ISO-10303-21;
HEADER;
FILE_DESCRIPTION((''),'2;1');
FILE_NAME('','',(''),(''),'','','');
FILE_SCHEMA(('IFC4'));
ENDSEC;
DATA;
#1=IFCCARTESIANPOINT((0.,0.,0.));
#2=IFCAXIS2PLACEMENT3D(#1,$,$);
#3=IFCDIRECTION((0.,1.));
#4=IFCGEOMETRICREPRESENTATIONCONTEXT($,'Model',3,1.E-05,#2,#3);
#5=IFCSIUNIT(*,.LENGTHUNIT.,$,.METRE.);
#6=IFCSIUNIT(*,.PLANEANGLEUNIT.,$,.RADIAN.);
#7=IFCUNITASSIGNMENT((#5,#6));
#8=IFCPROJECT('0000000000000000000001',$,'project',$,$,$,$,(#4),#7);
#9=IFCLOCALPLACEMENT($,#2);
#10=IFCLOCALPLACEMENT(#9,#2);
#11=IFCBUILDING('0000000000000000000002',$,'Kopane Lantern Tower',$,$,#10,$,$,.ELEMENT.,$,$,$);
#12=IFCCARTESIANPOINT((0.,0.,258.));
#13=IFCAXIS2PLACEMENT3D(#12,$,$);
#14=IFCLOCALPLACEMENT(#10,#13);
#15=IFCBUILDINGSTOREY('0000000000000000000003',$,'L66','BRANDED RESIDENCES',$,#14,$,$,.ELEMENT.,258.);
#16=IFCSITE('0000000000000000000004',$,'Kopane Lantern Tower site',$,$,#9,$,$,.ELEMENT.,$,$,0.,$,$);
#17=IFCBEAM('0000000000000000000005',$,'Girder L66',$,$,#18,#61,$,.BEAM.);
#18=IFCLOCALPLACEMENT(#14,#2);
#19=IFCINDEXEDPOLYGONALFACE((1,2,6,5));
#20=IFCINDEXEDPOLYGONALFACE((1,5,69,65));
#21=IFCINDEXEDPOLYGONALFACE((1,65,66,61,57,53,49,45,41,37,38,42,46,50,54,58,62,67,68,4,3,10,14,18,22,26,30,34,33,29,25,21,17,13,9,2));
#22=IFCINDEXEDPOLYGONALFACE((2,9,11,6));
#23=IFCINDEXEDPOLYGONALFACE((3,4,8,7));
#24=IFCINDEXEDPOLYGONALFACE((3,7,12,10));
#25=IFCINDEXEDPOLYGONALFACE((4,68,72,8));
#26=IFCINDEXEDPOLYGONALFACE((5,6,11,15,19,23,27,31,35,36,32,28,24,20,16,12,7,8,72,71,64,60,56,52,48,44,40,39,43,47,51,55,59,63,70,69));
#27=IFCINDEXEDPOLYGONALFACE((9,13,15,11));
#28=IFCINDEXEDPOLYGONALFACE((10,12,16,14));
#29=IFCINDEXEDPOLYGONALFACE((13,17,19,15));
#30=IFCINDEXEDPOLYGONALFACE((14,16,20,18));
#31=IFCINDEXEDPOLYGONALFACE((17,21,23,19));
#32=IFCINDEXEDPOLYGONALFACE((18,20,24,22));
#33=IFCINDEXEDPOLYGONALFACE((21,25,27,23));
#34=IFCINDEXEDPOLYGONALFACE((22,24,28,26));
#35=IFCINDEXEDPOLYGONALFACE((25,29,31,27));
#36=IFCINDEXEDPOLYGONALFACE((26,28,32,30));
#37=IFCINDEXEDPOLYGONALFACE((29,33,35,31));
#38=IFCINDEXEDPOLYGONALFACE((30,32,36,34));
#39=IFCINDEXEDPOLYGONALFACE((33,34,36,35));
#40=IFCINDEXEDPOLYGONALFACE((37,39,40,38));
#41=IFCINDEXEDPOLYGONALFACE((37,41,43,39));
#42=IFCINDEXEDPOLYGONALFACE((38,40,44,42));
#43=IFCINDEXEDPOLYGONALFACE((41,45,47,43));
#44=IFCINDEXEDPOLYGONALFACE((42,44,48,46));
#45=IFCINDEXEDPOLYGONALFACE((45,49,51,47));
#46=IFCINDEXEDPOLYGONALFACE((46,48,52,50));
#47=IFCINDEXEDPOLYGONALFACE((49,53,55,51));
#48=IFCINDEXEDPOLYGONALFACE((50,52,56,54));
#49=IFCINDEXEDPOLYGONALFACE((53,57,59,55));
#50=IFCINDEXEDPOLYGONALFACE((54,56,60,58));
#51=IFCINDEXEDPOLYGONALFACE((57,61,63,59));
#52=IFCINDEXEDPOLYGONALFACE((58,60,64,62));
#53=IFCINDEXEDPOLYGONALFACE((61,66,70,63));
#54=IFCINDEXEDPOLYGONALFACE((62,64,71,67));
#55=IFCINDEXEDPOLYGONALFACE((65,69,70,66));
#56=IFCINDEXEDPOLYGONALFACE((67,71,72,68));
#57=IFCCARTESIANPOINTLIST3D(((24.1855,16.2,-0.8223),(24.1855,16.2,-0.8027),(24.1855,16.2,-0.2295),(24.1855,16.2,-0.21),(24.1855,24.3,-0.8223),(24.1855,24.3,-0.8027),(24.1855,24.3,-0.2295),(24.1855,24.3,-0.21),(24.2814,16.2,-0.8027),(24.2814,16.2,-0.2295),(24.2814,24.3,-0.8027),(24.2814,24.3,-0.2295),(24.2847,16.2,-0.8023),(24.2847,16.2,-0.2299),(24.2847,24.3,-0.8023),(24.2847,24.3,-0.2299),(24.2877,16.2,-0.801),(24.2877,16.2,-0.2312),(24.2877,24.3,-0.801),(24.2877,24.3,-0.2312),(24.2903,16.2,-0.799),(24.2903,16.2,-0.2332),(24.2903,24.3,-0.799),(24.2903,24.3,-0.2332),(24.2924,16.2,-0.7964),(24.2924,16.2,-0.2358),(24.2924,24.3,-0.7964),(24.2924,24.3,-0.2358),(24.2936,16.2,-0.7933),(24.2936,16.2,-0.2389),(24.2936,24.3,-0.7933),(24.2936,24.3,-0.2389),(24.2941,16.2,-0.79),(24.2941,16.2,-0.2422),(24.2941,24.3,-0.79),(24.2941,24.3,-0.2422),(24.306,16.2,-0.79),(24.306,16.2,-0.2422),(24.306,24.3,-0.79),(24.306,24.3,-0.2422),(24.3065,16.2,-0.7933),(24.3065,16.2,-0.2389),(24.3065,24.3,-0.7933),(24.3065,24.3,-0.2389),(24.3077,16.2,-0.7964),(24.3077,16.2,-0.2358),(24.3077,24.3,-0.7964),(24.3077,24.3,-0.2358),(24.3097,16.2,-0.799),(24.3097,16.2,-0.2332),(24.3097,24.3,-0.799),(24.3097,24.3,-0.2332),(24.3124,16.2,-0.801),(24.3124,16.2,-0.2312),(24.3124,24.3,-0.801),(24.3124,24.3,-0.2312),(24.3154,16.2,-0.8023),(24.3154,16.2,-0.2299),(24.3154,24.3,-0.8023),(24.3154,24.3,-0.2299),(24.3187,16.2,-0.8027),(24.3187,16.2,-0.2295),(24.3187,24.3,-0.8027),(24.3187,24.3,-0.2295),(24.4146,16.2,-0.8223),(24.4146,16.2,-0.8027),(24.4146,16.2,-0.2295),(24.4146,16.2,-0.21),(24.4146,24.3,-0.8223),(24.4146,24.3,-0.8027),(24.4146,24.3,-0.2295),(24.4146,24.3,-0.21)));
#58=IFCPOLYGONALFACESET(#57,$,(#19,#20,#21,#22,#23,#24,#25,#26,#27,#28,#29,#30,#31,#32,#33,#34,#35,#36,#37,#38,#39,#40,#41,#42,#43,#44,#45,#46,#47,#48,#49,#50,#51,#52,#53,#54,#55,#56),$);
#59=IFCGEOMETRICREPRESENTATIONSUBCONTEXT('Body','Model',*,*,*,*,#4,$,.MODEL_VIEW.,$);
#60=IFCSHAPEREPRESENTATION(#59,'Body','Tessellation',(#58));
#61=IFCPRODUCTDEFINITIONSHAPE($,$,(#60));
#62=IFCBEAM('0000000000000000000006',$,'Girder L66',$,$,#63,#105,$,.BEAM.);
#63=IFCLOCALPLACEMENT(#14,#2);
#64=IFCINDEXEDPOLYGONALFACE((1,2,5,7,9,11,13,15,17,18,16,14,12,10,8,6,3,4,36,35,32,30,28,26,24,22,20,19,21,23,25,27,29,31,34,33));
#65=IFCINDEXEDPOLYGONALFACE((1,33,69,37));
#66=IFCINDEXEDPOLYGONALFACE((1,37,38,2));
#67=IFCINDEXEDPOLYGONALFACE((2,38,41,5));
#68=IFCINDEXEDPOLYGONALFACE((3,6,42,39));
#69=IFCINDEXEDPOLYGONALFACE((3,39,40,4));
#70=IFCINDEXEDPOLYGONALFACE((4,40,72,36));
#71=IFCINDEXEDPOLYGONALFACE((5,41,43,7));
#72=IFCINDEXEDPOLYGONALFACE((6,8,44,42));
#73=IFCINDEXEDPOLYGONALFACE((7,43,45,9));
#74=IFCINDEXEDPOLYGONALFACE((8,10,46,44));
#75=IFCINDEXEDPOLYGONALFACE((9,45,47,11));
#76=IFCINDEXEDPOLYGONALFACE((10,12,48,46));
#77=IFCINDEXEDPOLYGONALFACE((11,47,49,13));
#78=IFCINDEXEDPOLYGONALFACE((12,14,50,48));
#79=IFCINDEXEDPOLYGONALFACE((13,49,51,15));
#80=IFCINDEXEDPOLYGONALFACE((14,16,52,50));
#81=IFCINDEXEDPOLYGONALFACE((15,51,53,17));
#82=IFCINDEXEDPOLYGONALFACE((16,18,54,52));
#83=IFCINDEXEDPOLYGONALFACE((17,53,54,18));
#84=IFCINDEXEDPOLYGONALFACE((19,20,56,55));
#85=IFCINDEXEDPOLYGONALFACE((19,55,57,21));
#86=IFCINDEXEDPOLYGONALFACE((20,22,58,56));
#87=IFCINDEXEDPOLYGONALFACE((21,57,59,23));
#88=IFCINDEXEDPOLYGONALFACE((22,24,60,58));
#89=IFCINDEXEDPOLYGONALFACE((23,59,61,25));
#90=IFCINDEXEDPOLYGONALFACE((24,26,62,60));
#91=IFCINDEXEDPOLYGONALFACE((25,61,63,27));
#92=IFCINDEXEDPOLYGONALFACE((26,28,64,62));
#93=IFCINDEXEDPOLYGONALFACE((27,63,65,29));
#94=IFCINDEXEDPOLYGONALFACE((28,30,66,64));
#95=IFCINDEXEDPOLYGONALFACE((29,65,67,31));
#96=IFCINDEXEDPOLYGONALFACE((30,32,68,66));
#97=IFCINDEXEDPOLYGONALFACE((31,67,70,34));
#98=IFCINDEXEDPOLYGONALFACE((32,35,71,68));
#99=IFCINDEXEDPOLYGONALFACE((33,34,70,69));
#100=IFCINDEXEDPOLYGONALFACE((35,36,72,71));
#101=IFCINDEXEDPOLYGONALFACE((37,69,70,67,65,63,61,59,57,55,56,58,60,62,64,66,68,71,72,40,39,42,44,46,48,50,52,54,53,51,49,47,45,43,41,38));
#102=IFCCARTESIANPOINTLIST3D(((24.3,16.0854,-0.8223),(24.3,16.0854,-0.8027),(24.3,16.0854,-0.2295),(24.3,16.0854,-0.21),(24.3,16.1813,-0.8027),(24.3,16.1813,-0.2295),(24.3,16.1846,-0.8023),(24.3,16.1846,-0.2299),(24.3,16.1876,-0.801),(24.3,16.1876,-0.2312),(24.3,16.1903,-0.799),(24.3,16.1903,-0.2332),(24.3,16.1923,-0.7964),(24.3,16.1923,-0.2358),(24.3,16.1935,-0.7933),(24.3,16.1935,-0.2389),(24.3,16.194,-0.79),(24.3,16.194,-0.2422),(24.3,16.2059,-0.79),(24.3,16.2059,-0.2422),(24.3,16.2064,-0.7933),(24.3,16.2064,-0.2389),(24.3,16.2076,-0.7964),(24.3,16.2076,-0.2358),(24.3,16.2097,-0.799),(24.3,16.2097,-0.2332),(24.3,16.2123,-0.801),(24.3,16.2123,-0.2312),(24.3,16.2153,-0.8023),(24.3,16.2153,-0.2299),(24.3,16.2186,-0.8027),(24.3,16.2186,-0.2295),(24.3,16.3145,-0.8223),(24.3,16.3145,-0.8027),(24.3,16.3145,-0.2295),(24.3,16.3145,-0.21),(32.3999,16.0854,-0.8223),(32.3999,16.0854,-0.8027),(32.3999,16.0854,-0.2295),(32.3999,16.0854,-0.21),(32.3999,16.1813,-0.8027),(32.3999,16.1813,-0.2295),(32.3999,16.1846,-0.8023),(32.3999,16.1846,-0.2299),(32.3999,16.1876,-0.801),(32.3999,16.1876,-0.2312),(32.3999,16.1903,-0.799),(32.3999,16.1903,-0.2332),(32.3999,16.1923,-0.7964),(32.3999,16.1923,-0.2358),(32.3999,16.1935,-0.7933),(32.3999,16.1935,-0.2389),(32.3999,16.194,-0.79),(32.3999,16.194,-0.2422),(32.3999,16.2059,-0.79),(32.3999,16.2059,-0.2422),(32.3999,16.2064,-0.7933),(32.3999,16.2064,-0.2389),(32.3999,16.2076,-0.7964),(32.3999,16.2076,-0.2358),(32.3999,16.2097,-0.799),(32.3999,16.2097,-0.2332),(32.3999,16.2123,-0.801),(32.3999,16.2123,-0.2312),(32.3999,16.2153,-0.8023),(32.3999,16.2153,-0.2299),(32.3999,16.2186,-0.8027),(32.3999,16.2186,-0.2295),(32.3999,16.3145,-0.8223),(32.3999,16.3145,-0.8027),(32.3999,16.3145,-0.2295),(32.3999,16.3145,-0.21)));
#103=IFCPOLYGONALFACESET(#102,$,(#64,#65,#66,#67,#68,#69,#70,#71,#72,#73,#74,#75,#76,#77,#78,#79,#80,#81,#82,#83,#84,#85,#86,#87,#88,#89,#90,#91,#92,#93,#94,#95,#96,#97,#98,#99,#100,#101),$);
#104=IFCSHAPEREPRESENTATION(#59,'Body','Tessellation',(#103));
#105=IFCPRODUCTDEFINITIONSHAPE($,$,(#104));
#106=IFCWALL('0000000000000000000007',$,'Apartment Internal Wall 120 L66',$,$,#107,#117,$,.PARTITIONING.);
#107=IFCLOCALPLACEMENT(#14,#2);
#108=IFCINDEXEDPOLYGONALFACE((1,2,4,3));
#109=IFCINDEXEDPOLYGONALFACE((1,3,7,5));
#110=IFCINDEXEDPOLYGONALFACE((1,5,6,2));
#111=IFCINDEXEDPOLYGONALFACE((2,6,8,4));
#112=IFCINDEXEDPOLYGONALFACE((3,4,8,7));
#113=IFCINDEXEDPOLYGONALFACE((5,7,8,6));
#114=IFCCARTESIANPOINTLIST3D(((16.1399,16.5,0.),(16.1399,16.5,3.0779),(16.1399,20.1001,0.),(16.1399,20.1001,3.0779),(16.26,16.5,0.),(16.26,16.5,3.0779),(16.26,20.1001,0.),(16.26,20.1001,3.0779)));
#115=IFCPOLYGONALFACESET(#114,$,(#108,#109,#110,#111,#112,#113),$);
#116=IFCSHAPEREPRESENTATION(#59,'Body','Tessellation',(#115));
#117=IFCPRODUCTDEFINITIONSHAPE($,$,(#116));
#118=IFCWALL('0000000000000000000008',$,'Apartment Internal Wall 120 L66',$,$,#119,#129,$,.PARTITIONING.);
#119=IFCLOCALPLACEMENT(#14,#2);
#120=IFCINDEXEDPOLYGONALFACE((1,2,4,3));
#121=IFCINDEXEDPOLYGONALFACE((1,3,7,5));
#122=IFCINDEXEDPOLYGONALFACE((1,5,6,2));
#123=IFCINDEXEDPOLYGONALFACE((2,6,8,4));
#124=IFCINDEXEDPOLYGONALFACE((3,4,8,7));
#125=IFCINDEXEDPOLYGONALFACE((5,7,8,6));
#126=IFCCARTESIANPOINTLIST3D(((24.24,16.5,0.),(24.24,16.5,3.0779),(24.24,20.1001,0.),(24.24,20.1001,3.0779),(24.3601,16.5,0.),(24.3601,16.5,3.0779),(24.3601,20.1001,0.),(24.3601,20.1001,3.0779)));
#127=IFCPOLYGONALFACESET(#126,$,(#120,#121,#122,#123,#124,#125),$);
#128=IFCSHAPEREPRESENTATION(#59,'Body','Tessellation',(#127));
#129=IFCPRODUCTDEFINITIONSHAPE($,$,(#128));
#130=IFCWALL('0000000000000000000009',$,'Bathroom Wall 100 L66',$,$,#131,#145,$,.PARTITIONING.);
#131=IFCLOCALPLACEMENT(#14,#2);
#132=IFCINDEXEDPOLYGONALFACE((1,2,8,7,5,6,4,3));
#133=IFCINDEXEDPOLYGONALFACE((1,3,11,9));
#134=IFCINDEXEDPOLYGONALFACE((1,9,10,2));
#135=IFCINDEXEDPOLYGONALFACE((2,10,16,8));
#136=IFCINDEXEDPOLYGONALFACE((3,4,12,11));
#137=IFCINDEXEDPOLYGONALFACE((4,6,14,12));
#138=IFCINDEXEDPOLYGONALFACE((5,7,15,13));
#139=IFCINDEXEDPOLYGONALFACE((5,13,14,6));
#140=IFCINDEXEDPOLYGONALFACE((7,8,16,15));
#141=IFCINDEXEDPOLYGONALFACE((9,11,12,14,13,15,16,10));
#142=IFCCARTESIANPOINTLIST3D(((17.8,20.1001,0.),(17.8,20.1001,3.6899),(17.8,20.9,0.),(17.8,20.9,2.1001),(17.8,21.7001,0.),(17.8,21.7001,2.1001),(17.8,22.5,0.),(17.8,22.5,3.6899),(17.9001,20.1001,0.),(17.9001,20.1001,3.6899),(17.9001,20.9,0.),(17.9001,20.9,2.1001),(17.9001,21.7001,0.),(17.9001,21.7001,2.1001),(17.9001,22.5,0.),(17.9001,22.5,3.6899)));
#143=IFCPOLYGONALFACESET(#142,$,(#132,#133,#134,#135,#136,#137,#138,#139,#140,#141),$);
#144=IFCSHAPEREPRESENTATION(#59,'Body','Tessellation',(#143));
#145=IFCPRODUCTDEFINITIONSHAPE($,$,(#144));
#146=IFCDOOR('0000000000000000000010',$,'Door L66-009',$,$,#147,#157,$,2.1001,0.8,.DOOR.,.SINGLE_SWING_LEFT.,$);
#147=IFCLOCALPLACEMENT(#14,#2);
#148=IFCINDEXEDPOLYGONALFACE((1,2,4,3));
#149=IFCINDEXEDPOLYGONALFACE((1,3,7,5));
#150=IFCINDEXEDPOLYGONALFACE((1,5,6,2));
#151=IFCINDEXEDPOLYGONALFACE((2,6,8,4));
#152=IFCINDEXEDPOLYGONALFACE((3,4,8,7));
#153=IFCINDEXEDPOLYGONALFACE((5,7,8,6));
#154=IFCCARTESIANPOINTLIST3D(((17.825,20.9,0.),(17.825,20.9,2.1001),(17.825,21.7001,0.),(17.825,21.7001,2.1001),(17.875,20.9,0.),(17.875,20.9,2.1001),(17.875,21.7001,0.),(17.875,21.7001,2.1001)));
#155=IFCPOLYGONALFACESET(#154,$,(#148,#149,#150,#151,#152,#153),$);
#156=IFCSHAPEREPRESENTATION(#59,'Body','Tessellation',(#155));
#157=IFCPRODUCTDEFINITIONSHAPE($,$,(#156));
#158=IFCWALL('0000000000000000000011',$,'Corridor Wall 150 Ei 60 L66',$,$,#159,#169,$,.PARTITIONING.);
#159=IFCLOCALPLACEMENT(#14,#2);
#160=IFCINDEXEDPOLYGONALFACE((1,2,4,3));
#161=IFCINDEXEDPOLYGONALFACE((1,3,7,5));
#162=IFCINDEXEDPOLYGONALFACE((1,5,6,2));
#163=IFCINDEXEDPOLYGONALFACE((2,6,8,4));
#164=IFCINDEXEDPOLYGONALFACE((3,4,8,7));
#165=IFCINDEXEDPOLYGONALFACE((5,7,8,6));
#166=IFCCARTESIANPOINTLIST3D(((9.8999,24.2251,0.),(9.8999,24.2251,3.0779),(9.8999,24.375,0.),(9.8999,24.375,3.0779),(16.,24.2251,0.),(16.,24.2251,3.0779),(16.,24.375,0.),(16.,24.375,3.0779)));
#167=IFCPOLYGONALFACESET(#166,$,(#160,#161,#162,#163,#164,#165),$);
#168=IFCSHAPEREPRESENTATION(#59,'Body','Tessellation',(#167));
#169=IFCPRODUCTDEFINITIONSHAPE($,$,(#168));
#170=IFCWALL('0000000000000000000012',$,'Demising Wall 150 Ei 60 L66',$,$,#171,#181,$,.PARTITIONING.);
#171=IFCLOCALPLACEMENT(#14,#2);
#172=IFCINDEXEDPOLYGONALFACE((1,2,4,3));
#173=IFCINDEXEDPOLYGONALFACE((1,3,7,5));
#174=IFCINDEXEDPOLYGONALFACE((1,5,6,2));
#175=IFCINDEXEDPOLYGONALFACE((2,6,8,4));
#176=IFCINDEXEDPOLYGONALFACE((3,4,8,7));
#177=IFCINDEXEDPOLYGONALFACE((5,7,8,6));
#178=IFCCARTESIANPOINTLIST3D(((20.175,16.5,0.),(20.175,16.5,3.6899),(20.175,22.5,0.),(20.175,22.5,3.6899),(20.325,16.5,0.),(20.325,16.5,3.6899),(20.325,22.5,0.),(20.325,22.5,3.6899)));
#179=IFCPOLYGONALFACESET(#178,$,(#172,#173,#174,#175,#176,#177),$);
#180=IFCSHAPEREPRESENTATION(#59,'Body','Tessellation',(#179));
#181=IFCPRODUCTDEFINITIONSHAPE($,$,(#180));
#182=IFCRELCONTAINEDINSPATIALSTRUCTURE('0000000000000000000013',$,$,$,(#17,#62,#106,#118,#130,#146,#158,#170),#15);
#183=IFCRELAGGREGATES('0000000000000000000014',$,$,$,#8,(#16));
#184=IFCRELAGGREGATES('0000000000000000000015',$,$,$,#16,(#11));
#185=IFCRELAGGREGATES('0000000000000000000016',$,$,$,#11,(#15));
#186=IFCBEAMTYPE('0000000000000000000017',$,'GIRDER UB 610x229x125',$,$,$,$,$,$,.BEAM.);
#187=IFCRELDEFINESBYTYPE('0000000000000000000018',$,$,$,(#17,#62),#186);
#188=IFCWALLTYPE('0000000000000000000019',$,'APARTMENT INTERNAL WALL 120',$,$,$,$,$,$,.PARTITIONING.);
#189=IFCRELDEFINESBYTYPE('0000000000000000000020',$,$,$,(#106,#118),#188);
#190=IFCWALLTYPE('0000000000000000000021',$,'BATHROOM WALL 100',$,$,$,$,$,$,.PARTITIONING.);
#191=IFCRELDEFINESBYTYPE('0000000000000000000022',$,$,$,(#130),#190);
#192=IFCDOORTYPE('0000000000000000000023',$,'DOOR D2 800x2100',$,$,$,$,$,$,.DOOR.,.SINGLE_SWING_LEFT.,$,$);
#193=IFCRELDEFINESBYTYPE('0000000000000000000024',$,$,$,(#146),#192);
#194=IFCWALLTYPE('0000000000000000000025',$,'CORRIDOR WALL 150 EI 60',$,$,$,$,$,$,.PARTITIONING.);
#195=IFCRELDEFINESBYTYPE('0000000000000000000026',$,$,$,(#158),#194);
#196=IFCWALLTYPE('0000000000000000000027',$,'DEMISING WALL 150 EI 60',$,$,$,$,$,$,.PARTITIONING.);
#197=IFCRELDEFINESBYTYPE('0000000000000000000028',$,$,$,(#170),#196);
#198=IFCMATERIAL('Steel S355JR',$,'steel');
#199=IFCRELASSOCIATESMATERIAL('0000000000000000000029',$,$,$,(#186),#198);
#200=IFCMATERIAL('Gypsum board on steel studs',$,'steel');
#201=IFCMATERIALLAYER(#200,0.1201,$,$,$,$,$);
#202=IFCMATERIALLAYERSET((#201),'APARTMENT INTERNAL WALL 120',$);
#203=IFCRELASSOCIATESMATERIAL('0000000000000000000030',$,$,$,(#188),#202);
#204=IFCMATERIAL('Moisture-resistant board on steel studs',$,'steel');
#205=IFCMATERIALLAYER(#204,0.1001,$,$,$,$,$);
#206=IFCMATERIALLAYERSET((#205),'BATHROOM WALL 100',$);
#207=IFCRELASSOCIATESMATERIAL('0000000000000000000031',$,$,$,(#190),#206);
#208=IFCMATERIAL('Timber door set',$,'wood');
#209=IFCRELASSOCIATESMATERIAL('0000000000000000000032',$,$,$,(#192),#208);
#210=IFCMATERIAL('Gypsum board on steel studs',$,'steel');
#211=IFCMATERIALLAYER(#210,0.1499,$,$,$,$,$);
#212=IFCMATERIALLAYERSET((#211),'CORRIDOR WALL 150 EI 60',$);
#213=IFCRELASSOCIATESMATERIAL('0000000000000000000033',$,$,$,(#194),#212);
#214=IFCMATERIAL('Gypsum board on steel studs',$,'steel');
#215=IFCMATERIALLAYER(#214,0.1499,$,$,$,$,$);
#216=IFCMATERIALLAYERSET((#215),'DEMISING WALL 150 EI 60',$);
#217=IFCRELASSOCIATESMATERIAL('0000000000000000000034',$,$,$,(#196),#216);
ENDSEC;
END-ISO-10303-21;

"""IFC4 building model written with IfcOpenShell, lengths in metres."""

from ifc_helpers import new_model, si_unit, direction, frame, frame_2d, origin, origin_2d, place, context, subcontext, project, spatial, rectangle, i_section, extrude, material, layer, layer_set, material_profile, profile_set, type_object, element, fill, save


model = new_model("IFC4")

# Units and contexts
model_context = context("Model", 3, precision=1e-05, world=origin(), true_north=direction((0.0, 1.0)))
body_context = subcontext(model_context, "Body", "Model", "MODEL_VIEW")
ifc_project = project(units=[si_unit("LENGTHUNIT", "METRE"), si_unit("PLANEANGLEUNIT", "RADIAN")], contexts=[model_context])

# Site, building, storey
site_placement = place(None, origin())
site = spatial("IfcSite", under=ifc_project, at=site_placement, Name="Kopane Lantern Tower site", CompositionType="ELEMENT", RefElevation=0.0)
building_placement = place(site_placement, origin())
building = spatial("IfcBuilding", under=site, at=building_placement, Name="Kopane Lantern Tower", CompositionType="ELEMENT")
storey_placement = place(building_placement, frame((0.0, 0.0, 258.0)))
storey = spatial("IfcBuildingStorey", under=building, at=storey_placement, Name="L66", Description="BRANDED RESIDENCES", CompositionType="ELEMENT", Elevation=258.0)

# Beams
ifc_material_1 = material(Name="Steel S355JR", Category="steel")
ifc_material_profile_1 = material_profile(ifc_material_1, i_section(OverallWidth=0.229, OverallDepth=0.6123, WebThickness=0.012, FlangeThickness=0.0195, FilletRadius=0.0127, at=origin_2d()), Name="UB 610x229x125")
ifc_profile_set_1 = profile_set([ifc_material_profile_1], Name="Steel S355JR")
beam_type = type_object("IfcBeamType", Name="GIRDER UB 610x229x125", PredefinedType="BEAM", material=ifc_profile_set_1)
for number, where, z_axis, x_axis, name in (
    (1, (24.3, 16.2, -0.5161), (0.0, 1.0, 0.0), (-1.0, 0.0, 0.0), "Girder L66"),
):
    element("IfcBeam", number, at=place(storey_placement, frame(where, z_axis=z_axis, x_axis=x_axis)), inside=storey, type_object=beam_type, Name=name, PredefinedType="BEAM", context=body_context, shape_type="SweptSolid", body=[
        extrude(i_section(OverallWidth=0.229, OverallDepth=0.6123, WebThickness=0.012, FlangeThickness=0.0195, FilletRadius=0.0127, at=origin_2d()), origin(), (0.0, 0.0, 1.0), 8.1001),
    ])
beam_placement = place(storey_placement, frame((24.3, 16.2, -0.5161), z_axis=(1.0, 0.0, 0.0), x_axis=(0.0, 1.0, 0.0)))
element("IfcBeam", 2, at=beam_placement, inside=storey, type_object=beam_type, Name="Girder L66", PredefinedType="BEAM", context=body_context, shape_type="SweptSolid", body=[
    extrude(i_section(OverallWidth=0.229, OverallDepth=0.6123, WebThickness=0.012, FlangeThickness=0.0195, FilletRadius=0.0127, at=origin_2d()), origin(), (0.0, 0.0, 1.0), 8.0999),
])

# Walls
ifc_material_2 = material(Name="Gypsum board on steel studs", Category="steel")
ifc_layer_1 = layer(ifc_material_2, 0.1201)
ifc_layer_set_1 = layer_set([ifc_layer_1], Name="APARTMENT INTERNAL WALL 120")
wall_type_1 = type_object("IfcWallType", Name="APARTMENT INTERNAL WALL 120", PredefinedType="PARTITIONING", material=ifc_layer_set_1)
for number, where, z_axis, x_axis, name in (
    (3, (16.2, 20.1001, 0.0), (0.0, 0.0, 1.0), (0.0, -1.0, 0.0), "Apartment Internal Wall 120 L66"),
    (4, (24.3, 20.1001, 0.0), (0.0, 0.0, 1.0), (0.0, -1.0, 0.0), "Apartment Internal Wall 120 L66"),
):
    element("IfcWall", number, at=place(storey_placement, frame(where, z_axis=z_axis, x_axis=x_axis)), inside=storey, type_object=wall_type_1, Name=name, PredefinedType="PARTITIONING", context=body_context, shape_type="SweptSolid", body=[
        extrude(rectangle(XDim=3.6001, YDim=0.1201, at=frame_2d((1.8, 0.0))), origin(), (0.0, 0.0, 1.0), 3.0779),
    ])

# Wall, opening, door
ifc_material_3 = material(Name="Moisture-resistant board on steel studs", Category="steel")
ifc_layer_2 = layer(ifc_material_3, 0.1001)
ifc_layer_set_2 = layer_set([ifc_layer_2], Name="BATHROOM WALL 100")
wall_type_2 = type_object("IfcWallType", Name="BATHROOM WALL 100", PredefinedType="PARTITIONING", material=ifc_layer_set_2)
wall_1_placement = place(storey_placement, frame((17.8501, 22.5, 0.0), z_axis=(0.0, 0.0, 1.0), x_axis=(0.0, -1.0, 0.0)))
wall_1 = element("IfcWall", 5, at=wall_1_placement, inside=storey, type_object=wall_type_2, Name="Bathroom Wall 100 L66", PredefinedType="PARTITIONING", context=body_context, shape_type="SweptSolid", body=[
    extrude(rectangle(XDim=2.3999, YDim=0.1001, at=frame_2d((1.2, 0.0))), origin(), (0.0, 0.0, 1.0), 3.6899),
])
opening_placement = place(wall_1_placement, frame((0.8, 0.0, 0.0)))
opening = element("IfcOpeningElement", 6, at=opening_placement, cuts=wall_1, PredefinedType="OPENING", context=body_context, shape_type="SweptSolid", body=[
    extrude(rectangle(XDim=0.8, YDim=2.1001, at=frame_2d((0.3999, 1.05))), frame((0.0, 0.0601, 0.0), z_axis=(0.0, -1.0, 0.0), x_axis=(1.0, 0.0, 0.0)), (0.0, 0.0, 1.0), 0.1201),
])
ifc_material_4 = material(Name="Timber door set", Category="wood")
door_type = type_object("IfcDoorType", Name="DOOR D2 800x2100", OperationType="SINGLE_SWING_LEFT", PredefinedType="DOOR", material=ifc_material_4)
door_placement = place(opening_placement, origin())
door = element("IfcDoor", 7, at=door_placement, inside=storey, type_object=door_type, Name="Door L66-009", OperationType="SINGLE_SWING_LEFT", OverallHeight=2.1001, OverallWidth=0.8, PredefinedType="DOOR", context=body_context, shape_type="SweptSolid", body=[
    extrude(rectangle(XDim=0.8, YDim=2.1001, at=frame_2d((0.3999, 1.05))), frame((0.0, 0.0249, 0.0), z_axis=(0.0, -1.0, 0.0), x_axis=(1.0, 0.0, 0.0)), (0.0, 0.0, 1.0), 0.05),
])
fill(opening, door)

# Walls
ifc_material_5 = material(Name="Gypsum board on steel studs", Category="steel")
ifc_layer_3 = layer(ifc_material_5, 0.1499)
ifc_layer_set_3 = layer_set([ifc_layer_3], Name="CORRIDOR WALL 150 EI 60")
wall_type_3 = type_object("IfcWallType", Name="CORRIDOR WALL 150 EI 60", PredefinedType="PARTITIONING", material=ifc_layer_set_3)
wall_2_placement = place(storey_placement, frame((16.0, 24.3, 0.0), z_axis=(0.0, 0.0, 1.0), x_axis=(-1.0, 0.0, 0.0)))
element("IfcWall", 8, at=wall_2_placement, inside=storey, type_object=wall_type_3, Name="Corridor Wall 150 Ei 60 L66", PredefinedType="PARTITIONING", context=body_context, shape_type="SweptSolid", body=[
    extrude(rectangle(XDim=6.1001, YDim=0.1499, at=frame_2d((3.05, 0.0))), origin(), (0.0, 0.0, 1.0), 3.0779),
])
ifc_material_6 = material(Name="Gypsum board on steel studs", Category="steel")
ifc_layer_4 = layer(ifc_material_6, 0.1499)
ifc_layer_set_4 = layer_set([ifc_layer_4], Name="DEMISING WALL 150 EI 60")
wall_type_4 = type_object("IfcWallType", Name="DEMISING WALL 150 EI 60", PredefinedType="PARTITIONING", material=ifc_layer_set_4)
wall_3_placement = place(storey_placement, frame((20.25, 22.5, 0.0), z_axis=(0.0, 0.0, 1.0), x_axis=(0.0, -1.0, 0.0)))
element("IfcWall", 9, at=wall_3_placement, inside=storey, type_object=wall_type_4, Name="Demising Wall 150 Ei 60 L66", PredefinedType="PARTITIONING", context=body_context, shape_type="SweptSolid", body=[
    extrude(rectangle(XDim=6.0, YDim=0.1499, at=frame_2d((3.0, 0.0))), origin(), (0.0, 0.0, 1.0), 3.6899),
])

save(model, "model.ifc")
